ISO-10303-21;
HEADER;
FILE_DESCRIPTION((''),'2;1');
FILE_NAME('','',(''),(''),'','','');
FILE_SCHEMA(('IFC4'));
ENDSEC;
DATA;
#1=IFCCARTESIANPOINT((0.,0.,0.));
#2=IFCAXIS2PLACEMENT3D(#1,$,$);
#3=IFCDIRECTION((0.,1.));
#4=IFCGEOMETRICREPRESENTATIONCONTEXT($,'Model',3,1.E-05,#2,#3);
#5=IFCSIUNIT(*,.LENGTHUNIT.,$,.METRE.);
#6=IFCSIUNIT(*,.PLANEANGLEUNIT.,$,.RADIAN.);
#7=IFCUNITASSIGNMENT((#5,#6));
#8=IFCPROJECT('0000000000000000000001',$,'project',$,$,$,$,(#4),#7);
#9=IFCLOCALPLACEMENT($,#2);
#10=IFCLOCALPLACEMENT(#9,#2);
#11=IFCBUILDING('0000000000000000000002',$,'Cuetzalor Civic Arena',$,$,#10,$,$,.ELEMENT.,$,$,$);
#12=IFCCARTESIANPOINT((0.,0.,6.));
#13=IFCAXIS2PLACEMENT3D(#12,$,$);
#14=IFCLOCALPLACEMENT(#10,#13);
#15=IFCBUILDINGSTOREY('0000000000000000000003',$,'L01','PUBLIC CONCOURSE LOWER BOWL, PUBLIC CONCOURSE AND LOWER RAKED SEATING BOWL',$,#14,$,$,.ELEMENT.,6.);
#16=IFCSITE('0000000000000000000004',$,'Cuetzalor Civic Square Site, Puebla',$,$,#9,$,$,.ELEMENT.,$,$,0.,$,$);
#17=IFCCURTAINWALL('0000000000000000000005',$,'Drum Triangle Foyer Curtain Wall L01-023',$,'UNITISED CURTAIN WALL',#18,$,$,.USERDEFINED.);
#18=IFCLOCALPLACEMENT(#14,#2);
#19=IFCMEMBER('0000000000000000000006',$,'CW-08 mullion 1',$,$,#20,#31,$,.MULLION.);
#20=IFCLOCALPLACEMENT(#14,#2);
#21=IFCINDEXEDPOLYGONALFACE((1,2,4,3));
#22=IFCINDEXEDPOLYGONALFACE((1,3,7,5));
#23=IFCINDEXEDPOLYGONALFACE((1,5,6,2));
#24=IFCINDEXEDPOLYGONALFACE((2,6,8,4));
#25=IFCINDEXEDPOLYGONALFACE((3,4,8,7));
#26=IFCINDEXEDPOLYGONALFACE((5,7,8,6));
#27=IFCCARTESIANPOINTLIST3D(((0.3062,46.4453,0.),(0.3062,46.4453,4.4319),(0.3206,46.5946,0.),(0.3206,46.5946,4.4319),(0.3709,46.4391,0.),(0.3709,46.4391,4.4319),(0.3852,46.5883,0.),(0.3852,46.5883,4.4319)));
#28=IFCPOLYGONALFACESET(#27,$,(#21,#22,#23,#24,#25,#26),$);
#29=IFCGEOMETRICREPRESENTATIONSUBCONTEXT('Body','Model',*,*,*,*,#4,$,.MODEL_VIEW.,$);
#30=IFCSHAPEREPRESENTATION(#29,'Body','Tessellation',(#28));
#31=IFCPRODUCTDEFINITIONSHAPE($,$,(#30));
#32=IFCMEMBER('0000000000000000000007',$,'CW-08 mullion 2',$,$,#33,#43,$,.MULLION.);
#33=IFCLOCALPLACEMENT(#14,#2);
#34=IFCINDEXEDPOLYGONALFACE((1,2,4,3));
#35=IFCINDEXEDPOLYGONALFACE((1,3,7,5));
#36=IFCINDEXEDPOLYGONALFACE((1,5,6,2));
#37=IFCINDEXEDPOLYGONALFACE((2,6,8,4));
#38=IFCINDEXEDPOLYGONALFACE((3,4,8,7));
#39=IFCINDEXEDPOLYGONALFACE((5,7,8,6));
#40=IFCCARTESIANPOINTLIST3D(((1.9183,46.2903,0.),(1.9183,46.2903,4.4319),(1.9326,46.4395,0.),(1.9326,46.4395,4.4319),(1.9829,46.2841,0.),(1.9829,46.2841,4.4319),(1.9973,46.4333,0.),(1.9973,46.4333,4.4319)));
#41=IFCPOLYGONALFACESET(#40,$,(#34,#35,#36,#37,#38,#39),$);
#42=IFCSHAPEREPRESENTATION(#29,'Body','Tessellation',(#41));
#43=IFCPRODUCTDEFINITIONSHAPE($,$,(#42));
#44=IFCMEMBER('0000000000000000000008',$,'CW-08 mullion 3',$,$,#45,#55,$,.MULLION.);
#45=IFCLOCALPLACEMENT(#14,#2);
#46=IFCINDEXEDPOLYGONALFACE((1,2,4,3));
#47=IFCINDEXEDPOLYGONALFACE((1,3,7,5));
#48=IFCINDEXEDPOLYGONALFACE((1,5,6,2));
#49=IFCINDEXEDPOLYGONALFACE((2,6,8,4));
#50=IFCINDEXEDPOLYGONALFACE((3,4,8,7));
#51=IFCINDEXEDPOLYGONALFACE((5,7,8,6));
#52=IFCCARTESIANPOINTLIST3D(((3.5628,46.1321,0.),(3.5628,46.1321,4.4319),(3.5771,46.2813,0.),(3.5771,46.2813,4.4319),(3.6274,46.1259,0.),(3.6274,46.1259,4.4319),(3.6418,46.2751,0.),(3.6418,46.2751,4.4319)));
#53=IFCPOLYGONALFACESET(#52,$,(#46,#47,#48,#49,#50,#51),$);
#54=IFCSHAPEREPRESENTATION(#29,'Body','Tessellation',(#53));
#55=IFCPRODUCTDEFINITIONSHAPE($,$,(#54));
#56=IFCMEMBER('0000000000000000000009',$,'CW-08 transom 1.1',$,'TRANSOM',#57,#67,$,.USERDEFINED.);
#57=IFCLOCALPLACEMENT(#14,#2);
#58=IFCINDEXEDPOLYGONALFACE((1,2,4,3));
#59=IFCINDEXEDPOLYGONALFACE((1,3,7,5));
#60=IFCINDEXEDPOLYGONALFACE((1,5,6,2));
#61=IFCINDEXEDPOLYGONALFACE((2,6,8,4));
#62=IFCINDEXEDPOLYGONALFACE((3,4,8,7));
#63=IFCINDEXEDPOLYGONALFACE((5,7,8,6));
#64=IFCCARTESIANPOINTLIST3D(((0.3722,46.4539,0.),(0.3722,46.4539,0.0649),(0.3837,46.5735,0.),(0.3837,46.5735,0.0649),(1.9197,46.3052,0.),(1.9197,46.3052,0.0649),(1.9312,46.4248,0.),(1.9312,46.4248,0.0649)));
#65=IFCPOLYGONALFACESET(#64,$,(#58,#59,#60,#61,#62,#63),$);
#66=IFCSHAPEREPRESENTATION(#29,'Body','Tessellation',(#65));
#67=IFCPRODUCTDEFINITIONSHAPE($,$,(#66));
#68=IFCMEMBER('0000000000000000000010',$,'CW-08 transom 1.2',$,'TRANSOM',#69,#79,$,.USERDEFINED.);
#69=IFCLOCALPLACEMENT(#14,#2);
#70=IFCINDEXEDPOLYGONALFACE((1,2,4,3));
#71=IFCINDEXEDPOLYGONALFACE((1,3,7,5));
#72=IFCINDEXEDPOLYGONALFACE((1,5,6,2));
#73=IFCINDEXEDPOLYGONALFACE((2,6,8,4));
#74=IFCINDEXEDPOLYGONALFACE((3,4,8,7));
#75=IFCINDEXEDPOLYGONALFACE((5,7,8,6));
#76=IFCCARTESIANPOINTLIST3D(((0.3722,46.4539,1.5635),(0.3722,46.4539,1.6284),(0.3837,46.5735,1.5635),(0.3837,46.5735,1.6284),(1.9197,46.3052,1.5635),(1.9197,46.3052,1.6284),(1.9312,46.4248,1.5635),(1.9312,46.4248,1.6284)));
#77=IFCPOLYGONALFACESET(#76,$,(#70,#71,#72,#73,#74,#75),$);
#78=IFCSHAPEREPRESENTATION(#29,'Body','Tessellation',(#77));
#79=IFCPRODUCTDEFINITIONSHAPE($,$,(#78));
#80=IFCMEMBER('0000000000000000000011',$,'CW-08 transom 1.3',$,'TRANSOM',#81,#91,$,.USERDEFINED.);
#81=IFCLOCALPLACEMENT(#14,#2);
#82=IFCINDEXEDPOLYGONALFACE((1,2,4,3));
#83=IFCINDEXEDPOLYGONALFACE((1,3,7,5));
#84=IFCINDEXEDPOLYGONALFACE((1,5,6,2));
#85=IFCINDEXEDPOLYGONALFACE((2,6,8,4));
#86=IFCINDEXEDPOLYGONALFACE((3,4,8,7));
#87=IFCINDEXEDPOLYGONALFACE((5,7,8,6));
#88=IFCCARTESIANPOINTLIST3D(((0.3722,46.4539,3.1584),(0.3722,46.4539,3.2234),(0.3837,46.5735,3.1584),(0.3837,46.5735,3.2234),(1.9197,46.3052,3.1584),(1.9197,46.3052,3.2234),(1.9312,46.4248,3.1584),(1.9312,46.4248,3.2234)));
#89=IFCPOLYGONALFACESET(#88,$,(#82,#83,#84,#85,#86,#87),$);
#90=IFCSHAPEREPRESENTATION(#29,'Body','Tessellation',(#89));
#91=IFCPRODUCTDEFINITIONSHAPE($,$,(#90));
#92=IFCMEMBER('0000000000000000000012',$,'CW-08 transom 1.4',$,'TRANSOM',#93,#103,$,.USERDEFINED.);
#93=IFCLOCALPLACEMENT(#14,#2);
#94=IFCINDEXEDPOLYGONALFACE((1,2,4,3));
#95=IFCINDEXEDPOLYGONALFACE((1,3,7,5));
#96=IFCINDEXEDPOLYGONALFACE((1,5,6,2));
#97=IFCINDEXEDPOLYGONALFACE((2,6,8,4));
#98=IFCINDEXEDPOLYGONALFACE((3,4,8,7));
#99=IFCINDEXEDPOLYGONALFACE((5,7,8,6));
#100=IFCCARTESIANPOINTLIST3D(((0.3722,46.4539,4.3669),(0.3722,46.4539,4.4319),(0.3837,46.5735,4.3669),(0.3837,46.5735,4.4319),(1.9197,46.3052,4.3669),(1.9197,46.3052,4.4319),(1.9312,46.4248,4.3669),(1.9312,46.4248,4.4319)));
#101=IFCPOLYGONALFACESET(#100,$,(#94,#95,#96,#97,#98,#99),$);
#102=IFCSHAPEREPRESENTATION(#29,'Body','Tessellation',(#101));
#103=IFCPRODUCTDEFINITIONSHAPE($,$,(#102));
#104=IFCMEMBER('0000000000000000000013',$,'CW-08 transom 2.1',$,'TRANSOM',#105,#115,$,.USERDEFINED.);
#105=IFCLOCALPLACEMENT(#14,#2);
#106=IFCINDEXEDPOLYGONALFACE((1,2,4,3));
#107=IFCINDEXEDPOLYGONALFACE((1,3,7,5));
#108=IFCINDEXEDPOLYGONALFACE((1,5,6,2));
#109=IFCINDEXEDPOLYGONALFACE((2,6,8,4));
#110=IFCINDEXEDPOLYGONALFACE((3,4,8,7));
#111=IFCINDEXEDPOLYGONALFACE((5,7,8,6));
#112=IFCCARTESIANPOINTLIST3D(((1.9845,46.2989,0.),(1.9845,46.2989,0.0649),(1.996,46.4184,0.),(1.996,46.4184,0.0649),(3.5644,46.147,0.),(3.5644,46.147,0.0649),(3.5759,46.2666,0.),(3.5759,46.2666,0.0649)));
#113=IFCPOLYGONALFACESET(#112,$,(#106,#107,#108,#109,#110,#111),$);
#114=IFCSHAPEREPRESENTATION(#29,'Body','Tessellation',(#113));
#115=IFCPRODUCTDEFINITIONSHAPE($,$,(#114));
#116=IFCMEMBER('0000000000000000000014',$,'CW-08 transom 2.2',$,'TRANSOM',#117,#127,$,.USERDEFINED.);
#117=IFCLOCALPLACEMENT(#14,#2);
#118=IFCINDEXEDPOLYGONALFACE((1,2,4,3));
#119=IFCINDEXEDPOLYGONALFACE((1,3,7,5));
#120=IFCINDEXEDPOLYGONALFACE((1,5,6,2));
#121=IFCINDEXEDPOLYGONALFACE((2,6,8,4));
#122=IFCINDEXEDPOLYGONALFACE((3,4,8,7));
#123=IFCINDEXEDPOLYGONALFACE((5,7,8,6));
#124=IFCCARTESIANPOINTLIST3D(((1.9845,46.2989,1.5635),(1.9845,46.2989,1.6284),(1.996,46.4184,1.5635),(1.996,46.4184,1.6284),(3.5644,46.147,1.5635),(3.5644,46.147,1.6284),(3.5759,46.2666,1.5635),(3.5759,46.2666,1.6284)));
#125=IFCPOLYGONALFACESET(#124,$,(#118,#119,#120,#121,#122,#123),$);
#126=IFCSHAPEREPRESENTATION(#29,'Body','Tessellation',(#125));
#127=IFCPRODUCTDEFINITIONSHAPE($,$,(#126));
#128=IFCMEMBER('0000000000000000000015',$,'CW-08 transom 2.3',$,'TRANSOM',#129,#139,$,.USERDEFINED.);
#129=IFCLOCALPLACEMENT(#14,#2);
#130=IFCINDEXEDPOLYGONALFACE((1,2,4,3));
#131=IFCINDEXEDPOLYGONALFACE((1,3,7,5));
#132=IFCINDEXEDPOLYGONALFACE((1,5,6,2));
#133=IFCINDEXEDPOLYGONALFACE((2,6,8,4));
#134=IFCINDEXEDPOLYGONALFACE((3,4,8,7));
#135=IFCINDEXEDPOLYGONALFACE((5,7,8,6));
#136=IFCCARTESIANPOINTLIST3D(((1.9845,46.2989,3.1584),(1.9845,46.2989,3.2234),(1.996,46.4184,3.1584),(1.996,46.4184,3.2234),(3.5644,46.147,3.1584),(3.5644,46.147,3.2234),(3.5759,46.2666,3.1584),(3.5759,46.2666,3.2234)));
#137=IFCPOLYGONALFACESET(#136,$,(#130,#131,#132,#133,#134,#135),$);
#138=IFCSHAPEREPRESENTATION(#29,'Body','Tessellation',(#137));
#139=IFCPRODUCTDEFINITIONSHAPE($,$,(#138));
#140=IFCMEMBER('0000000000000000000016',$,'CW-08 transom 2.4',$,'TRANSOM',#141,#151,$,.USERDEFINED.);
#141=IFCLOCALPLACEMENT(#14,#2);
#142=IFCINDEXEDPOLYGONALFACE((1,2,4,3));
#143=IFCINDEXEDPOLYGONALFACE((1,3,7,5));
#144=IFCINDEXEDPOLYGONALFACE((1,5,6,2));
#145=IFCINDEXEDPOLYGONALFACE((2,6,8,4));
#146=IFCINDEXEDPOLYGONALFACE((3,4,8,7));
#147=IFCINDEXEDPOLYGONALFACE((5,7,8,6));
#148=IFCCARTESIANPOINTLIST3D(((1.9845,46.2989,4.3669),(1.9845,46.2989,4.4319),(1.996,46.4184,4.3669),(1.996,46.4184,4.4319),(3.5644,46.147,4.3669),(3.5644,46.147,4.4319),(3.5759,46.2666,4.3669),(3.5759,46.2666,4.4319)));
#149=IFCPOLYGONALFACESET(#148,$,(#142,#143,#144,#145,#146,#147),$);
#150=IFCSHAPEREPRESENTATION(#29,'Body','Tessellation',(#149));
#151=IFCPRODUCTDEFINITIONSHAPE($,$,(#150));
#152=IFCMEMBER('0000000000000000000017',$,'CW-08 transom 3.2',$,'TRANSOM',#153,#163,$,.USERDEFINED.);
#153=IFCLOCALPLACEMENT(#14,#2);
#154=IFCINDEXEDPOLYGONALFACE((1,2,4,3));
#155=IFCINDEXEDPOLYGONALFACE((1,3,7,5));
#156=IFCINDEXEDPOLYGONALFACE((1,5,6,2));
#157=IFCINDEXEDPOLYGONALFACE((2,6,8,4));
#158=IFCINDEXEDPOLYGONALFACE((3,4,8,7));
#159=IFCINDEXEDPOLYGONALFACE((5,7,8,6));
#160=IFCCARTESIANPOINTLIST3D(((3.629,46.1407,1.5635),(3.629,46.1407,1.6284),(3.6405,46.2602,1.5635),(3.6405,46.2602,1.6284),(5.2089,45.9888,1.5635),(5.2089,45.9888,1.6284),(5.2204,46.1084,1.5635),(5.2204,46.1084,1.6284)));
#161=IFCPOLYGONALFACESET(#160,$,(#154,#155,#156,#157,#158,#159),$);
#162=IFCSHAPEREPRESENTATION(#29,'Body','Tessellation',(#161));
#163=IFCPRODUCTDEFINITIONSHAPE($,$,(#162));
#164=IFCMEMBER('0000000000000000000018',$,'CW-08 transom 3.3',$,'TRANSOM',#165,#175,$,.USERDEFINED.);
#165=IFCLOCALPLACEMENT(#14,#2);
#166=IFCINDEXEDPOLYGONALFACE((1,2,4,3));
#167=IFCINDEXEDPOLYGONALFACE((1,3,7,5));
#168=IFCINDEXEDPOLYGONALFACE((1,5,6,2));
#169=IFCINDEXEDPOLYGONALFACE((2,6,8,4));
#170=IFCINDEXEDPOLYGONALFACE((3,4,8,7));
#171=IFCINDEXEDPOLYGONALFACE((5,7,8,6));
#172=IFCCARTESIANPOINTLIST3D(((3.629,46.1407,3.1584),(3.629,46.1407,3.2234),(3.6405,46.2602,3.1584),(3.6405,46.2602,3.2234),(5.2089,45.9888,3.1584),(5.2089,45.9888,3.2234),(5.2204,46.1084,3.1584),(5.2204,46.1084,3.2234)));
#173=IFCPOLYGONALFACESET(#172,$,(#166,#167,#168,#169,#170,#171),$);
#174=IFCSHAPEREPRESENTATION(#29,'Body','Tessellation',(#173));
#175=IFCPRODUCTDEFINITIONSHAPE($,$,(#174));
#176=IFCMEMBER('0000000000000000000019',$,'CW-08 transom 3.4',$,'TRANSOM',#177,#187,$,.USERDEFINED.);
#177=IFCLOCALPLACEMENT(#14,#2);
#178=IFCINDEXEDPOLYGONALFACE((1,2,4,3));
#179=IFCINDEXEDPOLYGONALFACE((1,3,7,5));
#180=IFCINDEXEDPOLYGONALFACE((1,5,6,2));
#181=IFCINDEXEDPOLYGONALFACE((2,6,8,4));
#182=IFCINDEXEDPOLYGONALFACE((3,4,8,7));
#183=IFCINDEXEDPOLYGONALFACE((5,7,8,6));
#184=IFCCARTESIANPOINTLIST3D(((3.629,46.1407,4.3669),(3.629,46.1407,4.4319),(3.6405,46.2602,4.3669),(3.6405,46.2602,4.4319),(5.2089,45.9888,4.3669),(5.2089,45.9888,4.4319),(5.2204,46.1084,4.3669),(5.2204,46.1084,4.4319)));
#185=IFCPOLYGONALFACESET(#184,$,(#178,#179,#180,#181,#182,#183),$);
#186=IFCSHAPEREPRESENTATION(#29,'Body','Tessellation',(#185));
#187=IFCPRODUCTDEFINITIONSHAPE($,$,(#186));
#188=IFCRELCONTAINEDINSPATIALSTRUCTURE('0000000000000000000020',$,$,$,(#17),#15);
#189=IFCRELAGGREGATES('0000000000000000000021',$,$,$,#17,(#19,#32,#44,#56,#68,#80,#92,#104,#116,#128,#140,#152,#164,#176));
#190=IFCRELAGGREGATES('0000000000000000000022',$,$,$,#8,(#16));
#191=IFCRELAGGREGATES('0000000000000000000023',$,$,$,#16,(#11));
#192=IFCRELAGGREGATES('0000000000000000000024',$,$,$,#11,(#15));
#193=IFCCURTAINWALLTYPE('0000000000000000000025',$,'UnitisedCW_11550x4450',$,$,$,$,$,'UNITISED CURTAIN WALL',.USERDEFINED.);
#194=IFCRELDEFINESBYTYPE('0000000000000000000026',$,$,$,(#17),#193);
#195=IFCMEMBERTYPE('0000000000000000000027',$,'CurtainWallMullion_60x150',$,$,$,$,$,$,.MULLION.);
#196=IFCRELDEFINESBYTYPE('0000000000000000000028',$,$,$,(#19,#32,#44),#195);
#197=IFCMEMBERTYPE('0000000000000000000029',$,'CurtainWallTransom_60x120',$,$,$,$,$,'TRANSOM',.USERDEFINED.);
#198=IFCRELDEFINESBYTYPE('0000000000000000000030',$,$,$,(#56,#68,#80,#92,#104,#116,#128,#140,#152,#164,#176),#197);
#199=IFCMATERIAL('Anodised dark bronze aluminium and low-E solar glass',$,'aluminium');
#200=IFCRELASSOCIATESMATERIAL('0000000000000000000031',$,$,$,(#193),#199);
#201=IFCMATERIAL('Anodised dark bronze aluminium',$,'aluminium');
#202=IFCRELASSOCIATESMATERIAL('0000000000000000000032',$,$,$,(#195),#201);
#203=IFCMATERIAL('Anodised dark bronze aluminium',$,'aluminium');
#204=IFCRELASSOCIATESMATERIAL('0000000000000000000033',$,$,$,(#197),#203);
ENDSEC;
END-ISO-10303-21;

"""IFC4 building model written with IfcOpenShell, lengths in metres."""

from ifc_helpers import new_model, si_unit, direction, frame, origin, origin_2d, place, context, subcontext, project, spatial, rectangle, extrude, material, material_profile, profile_set, type_object, element, aggregate, save


model = new_model("IFC4")

# Units and contexts
model_context = context("Model", 3, precision=1e-05, world=origin(), true_north=direction((0.0, 1.0)))
body_context = subcontext(model_context, "Body", "Model", "MODEL_VIEW")
ifc_project = project(units=[si_unit("LENGTHUNIT", "METRE"), si_unit("PLANEANGLEUNIT", "RADIAN")], contexts=[model_context])

# Site, building, storey
site_placement = place(None, origin())
site = spatial("IfcSite", under=ifc_project, at=site_placement, Name="Cuetzalor Civic Square Site, Puebla", CompositionType="ELEMENT", RefElevation=0.0)
building_placement = place(site_placement, origin())
building = spatial("IfcBuilding", under=site, at=building_placement, Name="Cuetzalor Civic Arena", CompositionType="ELEMENT")
storey_placement = place(building_placement, frame((0.0, 0.0, 6.0)))
storey = spatial("IfcBuildingStorey", under=building, at=storey_placement, Name="L01", Description="PUBLIC CONCOURSE LOWER BOWL, PUBLIC CONCOURSE AND LOWER RAKED SEATING BOWL", CompositionType="ELEMENT", Elevation=6.0)

# Curtain wall, members
ifc_material_1 = material(Name="Anodised dark bronze aluminium and low-E solar glass", Category="aluminium")
curtain_wall_type = type_object("IfcCurtainWallType", Name="UnitisedCW_11550x4450", ElementType="UNITISED CURTAIN WALL", PredefinedType="USERDEFINED", material=ifc_material_1)
curtain_wall_placement = place(storey_placement, origin())
curtain_wall = element("IfcCurtainWall", 1, at=curtain_wall_placement, inside=storey, type_object=curtain_wall_type, Name="Drum Triangle Foyer Curtain Wall L01-023", ObjectType="UNITISED CURTAIN WALL", PredefinedType="USERDEFINED")
ifc_material_2 = material(Name="Anodised dark bronze aluminium", Category="aluminium")
ifc_material_profile_1 = material_profile(ifc_material_2, rectangle(XDim=0.0649, YDim=0.1499, at=origin_2d()), Name="ALU MULLION 65x150")
ifc_profile_set_1 = profile_set([ifc_material_profile_1], Name="Anodised dark bronze aluminium")
member_type_1 = type_object("IfcMemberType", Name="CurtainWallMullion_60x150", PredefinedType="MULLION", material=ifc_profile_set_1)
member_1_placement = place(storey_placement, frame((0.3457, 46.5168, 0.0), z_axis=(0.0, 0.0, 1.0), x_axis=(0.995409, -0.095711, 0.0)))
member_1 = element("IfcMember", 2, at=member_1_placement, type_object=member_type_1, Name="CW-08 mullion 1", PredefinedType="MULLION", context=body_context, shape_type="SweptSolid", body=[
    extrude(rectangle(XDim=0.0649, YDim=0.1499, at=origin_2d()), origin(), (0.0, 0.0, 1.0), 4.4319),
])
member_2_placement = place(storey_placement, frame((1.9578, 46.3618, 0.0), z_axis=(0.0, 0.0, 1.0), x_axis=(0.995409, -0.095711, 0.0)))
member_2 = element("IfcMember", 3, at=member_2_placement, type_object=member_type_1, Name="CW-08 mullion 2", PredefinedType="MULLION", context=body_context, shape_type="SweptSolid", body=[
    extrude(rectangle(XDim=0.0649, YDim=0.1499, at=origin_2d()), origin(), (0.0, 0.0, 1.0), 4.4319),
])
member_3_placement = place(storey_placement, frame((3.6023, 46.2036, 0.0), z_axis=(0.0, 0.0, 1.0), x_axis=(0.995409, -0.095711, 0.0)))
member_3 = element("IfcMember", 4, at=member_3_placement, type_object=member_type_1, Name="CW-08 mullion 3", PredefinedType="MULLION", context=body_context, shape_type="SweptSolid", body=[
    extrude(rectangle(XDim=0.0649, YDim=0.1499, at=origin_2d()), origin(), (0.0, 0.0, 1.0), 4.4319),
])
ifc_material_3 = material(Name="Anodised dark bronze aluminium", Category="aluminium")
ifc_material_profile_2 = material_profile(ifc_material_3, rectangle(XDim=0.1201, YDim=0.0649, at=origin_2d()), Name="ALU TRANSOM 65x120")
ifc_profile_set_2 = profile_set([ifc_material_profile_2], Name="Anodised dark bronze aluminium")
member_type_2 = type_object("IfcMemberType", Name="CurtainWallTransom_60x120", ElementType="TRANSOM", PredefinedType="USERDEFINED", material=ifc_profile_set_2)
member_4_placement = place(storey_placement, frame((0.3779, 46.5137, 0.0325), z_axis=(0.995417, -0.095632, 0.0), x_axis=(0.095632, 0.995417, 0.0)))
member_4 = element("IfcMember", 5, at=member_4_placement, type_object=member_type_2, Name="CW-08 transom 1.1", ObjectType="TRANSOM", PredefinedType="USERDEFINED", context=body_context, shape_type="SweptSolid", body=[
    extrude(rectangle(XDim=0.1201, YDim=0.0649, at=origin_2d()), origin(), (0.0, 0.0, 1.0), 1.5547),
])
member_5_placement = place(storey_placement, frame((0.3779, 46.5137, 1.5959), z_axis=(0.995417, -0.095632, 0.0), x_axis=(0.095632, 0.995417, 0.0)))
member_5 = element("IfcMember", 6, at=member_5_placement, type_object=member_type_2, Name="CW-08 transom 1.2", ObjectType="TRANSOM", PredefinedType="USERDEFINED", context=body_context, shape_type="SweptSolid", body=[
    extrude(rectangle(XDim=0.1201, YDim=0.0649, at=origin_2d()), origin(), (0.0, 0.0, 1.0), 1.5547),
])
member_6_placement = place(storey_placement, frame((0.3779, 46.5137, 3.1909), z_axis=(0.995417, -0.095632, 0.0), x_axis=(0.095632, 0.995417, 0.0)))
member_6 = element("IfcMember", 7, at=member_6_placement, type_object=member_type_2, Name="CW-08 transom 1.3", ObjectType="TRANSOM", PredefinedType="USERDEFINED", context=body_context, shape_type="SweptSolid", body=[
    extrude(rectangle(XDim=0.1201, YDim=0.0649, at=origin_2d()), origin(), (0.0, 0.0, 1.0), 1.5547),
])
member_7_placement = place(storey_placement, frame((0.3779, 46.5137, 4.3994), z_axis=(0.995417, -0.095632, 0.0), x_axis=(0.095632, 0.995417, 0.0)))
member_7 = element("IfcMember", 8, at=member_7_placement, type_object=member_type_2, Name="CW-08 transom 1.4", ObjectType="TRANSOM", PredefinedType="USERDEFINED", context=body_context, shape_type="SweptSolid", body=[
    extrude(rectangle(XDim=0.1201, YDim=0.0649, at=origin_2d()), origin(), (0.0, 0.0, 1.0), 1.5547),
])
member_8_placement = place(storey_placement, frame((1.9902, 46.3586, 0.0325), z_axis=(0.995412, -0.09568, 0.0), x_axis=(0.09568, 0.995412, 0.0)))
member_8 = element("IfcMember", 9, at=member_8_placement, type_object=member_type_2, Name="CW-08 transom 2.1", ObjectType="TRANSOM", PredefinedType="USERDEFINED", context=body_context, shape_type="SweptSolid", body=[
    extrude(rectangle(XDim=0.1201, YDim=0.0649, at=origin_2d()), origin(), (0.0, 0.0, 1.0), 1.5872),
])
member_9_placement = place(storey_placement, frame((1.9902, 46.3586, 1.5959), z_axis=(0.995412, -0.09568, 0.0), x_axis=(0.09568, 0.995412, 0.0)))
member_9 = element("IfcMember", 10, at=member_9_placement, type_object=member_type_2, Name="CW-08 transom 2.2", ObjectType="TRANSOM", PredefinedType="USERDEFINED", context=body_context, shape_type="SweptSolid", body=[
    extrude(rectangle(XDim=0.1201, YDim=0.0649, at=origin_2d()), origin(), (0.0, 0.0, 1.0), 1.5872),
])
member_10_placement = place(storey_placement, frame((1.9902, 46.3586, 3.1909), z_axis=(0.995412, -0.09568, 0.0), x_axis=(0.09568, 0.995412, 0.0)))
member_10 = element("IfcMember", 11, at=member_10_placement, type_object=member_type_2, Name="CW-08 transom 2.3", ObjectType="TRANSOM", PredefinedType="USERDEFINED", context=body_context, shape_type="SweptSolid", body=[
    extrude(rectangle(XDim=0.1201, YDim=0.0649, at=origin_2d()), origin(), (0.0, 0.0, 1.0), 1.5872),
])
member_11_placement = place(storey_placement, frame((1.9902, 46.3586, 4.3994), z_axis=(0.995412, -0.09568, 0.0), x_axis=(0.09568, 0.995412, 0.0)))
member_11 = element("IfcMember", 12, at=member_11_placement, type_object=member_type_2, Name="CW-08 transom 2.4", ObjectType="TRANSOM", PredefinedType="USERDEFINED", context=body_context, shape_type="SweptSolid", body=[
    extrude(rectangle(XDim=0.1201, YDim=0.0649, at=origin_2d()), origin(), (0.0, 0.0, 1.0), 1.5872),
])
member_12_placement = place(storey_placement, frame((3.6348, 46.2004, 1.5959), z_axis=(0.995412, -0.09568, 0.0), x_axis=(0.09568, 0.995412, 0.0)))
member_12 = element("IfcMember", 13, at=member_12_placement, type_object=member_type_2, Name="CW-08 transom 3.2", ObjectType="TRANSOM", PredefinedType="USERDEFINED", context=body_context, shape_type="SweptSolid", body=[
    extrude(rectangle(XDim=0.1201, YDim=0.0649, at=origin_2d()), origin(), (0.0, 0.0, 1.0), 1.5872),
])
member_13_placement = place(storey_placement, frame((3.6348, 46.2004, 3.1909), z_axis=(0.995412, -0.09568, 0.0), x_axis=(0.09568, 0.995412, 0.0)))
member_13 = element("IfcMember", 14, at=member_13_placement, type_object=member_type_2, Name="CW-08 transom 3.3", ObjectType="TRANSOM", PredefinedType="USERDEFINED", context=body_context, shape_type="SweptSolid", body=[
    extrude(rectangle(XDim=0.1201, YDim=0.0649, at=origin_2d()), origin(), (0.0, 0.0, 1.0), 1.5872),
])
member_14_placement = place(storey_placement, frame((3.6348, 46.2004, 4.3994), z_axis=(0.995412, -0.09568, 0.0), x_axis=(0.09568, 0.995412, 0.0)))
member_14 = element("IfcMember", 15, at=member_14_placement, type_object=member_type_2, Name="CW-08 transom 3.4", ObjectType="TRANSOM", PredefinedType="USERDEFINED", context=body_context, shape_type="SweptSolid", body=[
    extrude(rectangle(XDim=0.1201, YDim=0.0649, at=origin_2d()), origin(), (0.0, 0.0, 1.0), 1.5872),
])
aggregate(curtain_wall, [member_1, member_2, member_3, member_4, member_5, member_6, member_7, member_8, member_9, member_10, member_11, member_12, member_13, member_14])

save(model, "model.ifc")
